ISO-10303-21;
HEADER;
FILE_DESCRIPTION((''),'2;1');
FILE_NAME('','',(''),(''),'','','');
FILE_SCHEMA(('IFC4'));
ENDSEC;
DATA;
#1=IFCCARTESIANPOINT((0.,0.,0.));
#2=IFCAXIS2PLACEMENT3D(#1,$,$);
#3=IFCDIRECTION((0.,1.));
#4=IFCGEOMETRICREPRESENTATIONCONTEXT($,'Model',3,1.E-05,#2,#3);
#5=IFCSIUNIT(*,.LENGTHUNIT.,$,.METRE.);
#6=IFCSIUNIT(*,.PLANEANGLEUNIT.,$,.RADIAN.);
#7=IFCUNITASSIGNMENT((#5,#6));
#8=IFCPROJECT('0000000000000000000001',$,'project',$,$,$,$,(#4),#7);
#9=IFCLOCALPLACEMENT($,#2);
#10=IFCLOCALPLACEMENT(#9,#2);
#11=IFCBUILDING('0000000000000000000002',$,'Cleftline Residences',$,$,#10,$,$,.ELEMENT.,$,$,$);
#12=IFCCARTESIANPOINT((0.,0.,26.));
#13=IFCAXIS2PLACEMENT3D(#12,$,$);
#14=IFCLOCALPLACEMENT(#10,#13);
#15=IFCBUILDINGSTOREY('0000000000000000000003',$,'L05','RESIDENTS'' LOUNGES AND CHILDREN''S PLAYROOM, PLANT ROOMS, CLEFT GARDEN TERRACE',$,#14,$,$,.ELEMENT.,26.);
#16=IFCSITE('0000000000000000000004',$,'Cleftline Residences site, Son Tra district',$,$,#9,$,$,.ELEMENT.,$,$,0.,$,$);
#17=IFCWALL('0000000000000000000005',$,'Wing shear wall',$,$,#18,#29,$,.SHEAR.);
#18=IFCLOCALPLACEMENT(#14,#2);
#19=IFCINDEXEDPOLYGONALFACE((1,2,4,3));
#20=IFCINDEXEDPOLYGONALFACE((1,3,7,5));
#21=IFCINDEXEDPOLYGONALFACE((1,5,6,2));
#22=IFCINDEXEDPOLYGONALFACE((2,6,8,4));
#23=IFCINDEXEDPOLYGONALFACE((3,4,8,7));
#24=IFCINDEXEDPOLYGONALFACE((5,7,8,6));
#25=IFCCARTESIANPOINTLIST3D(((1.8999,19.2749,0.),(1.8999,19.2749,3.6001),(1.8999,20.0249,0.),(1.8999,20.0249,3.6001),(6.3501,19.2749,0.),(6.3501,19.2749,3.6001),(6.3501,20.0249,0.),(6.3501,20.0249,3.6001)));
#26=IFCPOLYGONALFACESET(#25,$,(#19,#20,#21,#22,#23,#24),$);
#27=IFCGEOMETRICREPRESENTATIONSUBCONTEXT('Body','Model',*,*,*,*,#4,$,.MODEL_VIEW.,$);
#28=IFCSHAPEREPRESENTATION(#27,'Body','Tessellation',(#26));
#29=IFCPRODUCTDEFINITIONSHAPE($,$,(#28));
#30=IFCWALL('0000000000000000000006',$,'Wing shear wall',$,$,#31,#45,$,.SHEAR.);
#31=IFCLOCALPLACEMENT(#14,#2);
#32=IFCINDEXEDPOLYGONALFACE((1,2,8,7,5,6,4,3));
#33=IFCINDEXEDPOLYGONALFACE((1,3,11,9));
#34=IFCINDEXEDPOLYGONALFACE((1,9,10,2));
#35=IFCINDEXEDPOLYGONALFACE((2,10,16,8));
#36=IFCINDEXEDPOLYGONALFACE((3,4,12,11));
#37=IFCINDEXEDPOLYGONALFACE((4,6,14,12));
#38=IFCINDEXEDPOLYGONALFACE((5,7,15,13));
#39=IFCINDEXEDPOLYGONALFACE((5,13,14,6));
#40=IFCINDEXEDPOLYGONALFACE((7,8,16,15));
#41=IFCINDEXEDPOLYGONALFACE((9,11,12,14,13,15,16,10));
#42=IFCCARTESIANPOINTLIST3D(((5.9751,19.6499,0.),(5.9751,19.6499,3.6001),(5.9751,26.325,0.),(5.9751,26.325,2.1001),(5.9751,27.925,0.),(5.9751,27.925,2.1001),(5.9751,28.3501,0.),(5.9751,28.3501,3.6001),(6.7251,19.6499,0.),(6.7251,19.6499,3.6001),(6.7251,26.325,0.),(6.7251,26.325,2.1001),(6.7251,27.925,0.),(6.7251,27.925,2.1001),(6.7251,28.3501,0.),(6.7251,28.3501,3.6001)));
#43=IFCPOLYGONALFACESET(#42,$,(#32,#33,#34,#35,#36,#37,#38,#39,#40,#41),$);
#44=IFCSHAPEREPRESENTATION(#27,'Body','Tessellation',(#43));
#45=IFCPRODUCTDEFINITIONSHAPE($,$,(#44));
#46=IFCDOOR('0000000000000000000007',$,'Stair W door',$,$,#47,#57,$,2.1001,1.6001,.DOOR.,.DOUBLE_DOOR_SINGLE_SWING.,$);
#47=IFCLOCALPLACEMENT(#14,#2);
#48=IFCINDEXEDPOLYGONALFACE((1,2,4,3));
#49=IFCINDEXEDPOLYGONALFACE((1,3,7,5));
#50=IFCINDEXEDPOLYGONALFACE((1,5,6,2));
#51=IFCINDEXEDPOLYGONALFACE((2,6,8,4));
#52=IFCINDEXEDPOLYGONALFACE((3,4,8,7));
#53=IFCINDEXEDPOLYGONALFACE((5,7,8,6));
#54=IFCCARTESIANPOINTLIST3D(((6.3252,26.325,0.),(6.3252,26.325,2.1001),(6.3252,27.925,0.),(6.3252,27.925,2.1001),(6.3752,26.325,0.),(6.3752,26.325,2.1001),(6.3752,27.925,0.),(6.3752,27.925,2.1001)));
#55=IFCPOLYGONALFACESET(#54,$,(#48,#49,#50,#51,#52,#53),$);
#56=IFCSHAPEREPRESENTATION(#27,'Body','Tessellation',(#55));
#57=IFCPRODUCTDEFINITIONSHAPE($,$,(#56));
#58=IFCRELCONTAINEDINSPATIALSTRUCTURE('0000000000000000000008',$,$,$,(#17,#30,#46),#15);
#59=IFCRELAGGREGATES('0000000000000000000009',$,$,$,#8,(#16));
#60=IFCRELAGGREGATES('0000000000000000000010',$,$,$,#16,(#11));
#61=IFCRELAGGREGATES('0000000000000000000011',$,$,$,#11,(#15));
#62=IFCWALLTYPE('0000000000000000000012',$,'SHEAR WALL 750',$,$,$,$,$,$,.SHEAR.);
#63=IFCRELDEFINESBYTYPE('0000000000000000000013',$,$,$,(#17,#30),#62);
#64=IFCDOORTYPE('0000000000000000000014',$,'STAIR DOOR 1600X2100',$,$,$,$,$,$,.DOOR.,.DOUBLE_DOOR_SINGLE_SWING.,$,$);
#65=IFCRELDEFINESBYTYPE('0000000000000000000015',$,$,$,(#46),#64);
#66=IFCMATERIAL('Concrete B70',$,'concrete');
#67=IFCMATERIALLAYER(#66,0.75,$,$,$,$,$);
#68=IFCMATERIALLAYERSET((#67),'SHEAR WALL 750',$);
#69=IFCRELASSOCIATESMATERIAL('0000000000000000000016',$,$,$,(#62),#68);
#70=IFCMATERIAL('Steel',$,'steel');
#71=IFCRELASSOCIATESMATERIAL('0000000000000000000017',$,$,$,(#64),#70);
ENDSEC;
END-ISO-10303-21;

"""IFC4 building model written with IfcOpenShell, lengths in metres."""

from ifc_helpers import new_model, si_unit, direction, frame, frame_2d, origin, place, context, subcontext, project, spatial, rectangle, extrude, material, layer, layer_set, type_object, element, fill, save


model = new_model("IFC4")

# Units and contexts
model_context = context("Model", 3, precision=1e-05, world=origin(), true_north=direction((0.0, 1.0)))
body_context = subcontext(model_context, "Body", "Model", "MODEL_VIEW")
ifc_project = project(units=[si_unit("LENGTHUNIT", "METRE"), si_unit("PLANEANGLEUNIT", "RADIAN")], contexts=[model_context])

# Site, building, storey
site_placement = place(None, origin())
site = spatial("IfcSite", under=ifc_project, at=site_placement, Name="Cleftline Residences site, Son Tra district", CompositionType="ELEMENT", RefElevation=0.0)
building_placement = place(site_placement, origin())
building = spatial("IfcBuilding", under=site, at=building_placement, Name="Cleftline Residences", CompositionType="ELEMENT")
storey_placement = place(building_placement, frame((0.0, 0.0, 26.0)))
storey = spatial("IfcBuildingStorey", under=building, at=storey_placement, Name="L05", Description="RESIDENTS' LOUNGES AND CHILDREN'S PLAYROOM, PLANT ROOMS, CLEFT GARDEN TERRACE", CompositionType="ELEMENT", Elevation=26.0)

# Wall
ifc_material_1 = material(Name="Concrete B70", Category="concrete")
ifc_layer_1 = layer(ifc_material_1, 0.75)
ifc_layer_set_1 = layer_set([ifc_layer_1], Name="SHEAR WALL 750")
wall_type_1 = type_object("IfcWallType", Name="SHEAR WALL 750", PredefinedType="SHEAR", material=ifc_layer_set_1)
wall_1_placement = place(storey_placement, frame((1.8999, 19.6499, 0.0), z_axis=(0.0, 0.0, 1.0), x_axis=(1.0, 0.0, 0.0)))
element("IfcWall", 1, at=wall_1_placement, inside=storey, type_object=wall_type_1, Name="Wing shear wall", PredefinedType="SHEAR", context=body_context, shape_type="SweptSolid", body=[
    extrude(rectangle(XDim=4.4502, YDim=0.75, at=frame_2d((2.2251, 0.0))), origin(), (0.0, 0.0, 1.0), 3.6001),
])

# Wall, opening, door
wall_2_placement = place(storey_placement, frame((6.3501, 19.6499, 0.0), z_axis=(0.0, 0.0, 1.0), x_axis=(0.0, 1.0, 0.0)))
wall_2 = element("IfcWall", 2, at=wall_2_placement, inside=storey, type_object=wall_type_1, Name="Wing shear wall", PredefinedType="SHEAR", context=body_context, shape_type="SweptSolid", body=[
    extrude(rectangle(XDim=8.7002, YDim=0.75, at=frame_2d((4.3501, 0.0))), origin(), (0.0, 0.0, 1.0), 3.6001),
])
opening_1_placement = place(wall_2_placement, frame((6.675, 0.0, 0.0)))
opening_1 = element("IfcOpeningElement", 3, at=opening_1_placement, cuts=wall_2, PredefinedType="OPENING", context=body_context, shape_type="SweptSolid", body=[
    extrude(rectangle(XDim=1.6001, YDim=2.1001, at=frame_2d((0.8, 1.05))), frame((0.0, 0.385, 0.0), z_axis=(0.0, -1.0, 0.0), x_axis=(1.0, 0.0, 0.0)), (0.0, 0.0, 1.0), 0.77),
])
ifc_material_2 = material(Name="Steel", Category="steel")
door_type_1 = type_object("IfcDoorType", Name="STAIR DOOR 1600X2100", OperationType="DOUBLE_DOOR_SINGLE_SWING", PredefinedType="DOOR", material=ifc_material_2)
door_1_placement = place(opening_1_placement, origin())
door_1 = element("IfcDoor", 4, at=door_1_placement, inside=storey, type_object=door_type_1, Name="Stair W door", OperationType="DOUBLE_DOOR_SINGLE_SWING", OverallHeight=2.1001, OverallWidth=1.6001, PredefinedType="DOOR", context=body_context, shape_type="SweptSolid", body=[
    extrude(rectangle(XDim=1.6001, YDim=2.1001, at=frame_2d((0.8, 1.05))), frame((0.0, 0.0249, 0.0), z_axis=(0.0, -1.0, 0.0), x_axis=(1.0, 0.0, 0.0)), (0.0, 0.0, 1.0), 0.05),
])
fill(opening_1, door_1)

save(model, "model.ifc")
